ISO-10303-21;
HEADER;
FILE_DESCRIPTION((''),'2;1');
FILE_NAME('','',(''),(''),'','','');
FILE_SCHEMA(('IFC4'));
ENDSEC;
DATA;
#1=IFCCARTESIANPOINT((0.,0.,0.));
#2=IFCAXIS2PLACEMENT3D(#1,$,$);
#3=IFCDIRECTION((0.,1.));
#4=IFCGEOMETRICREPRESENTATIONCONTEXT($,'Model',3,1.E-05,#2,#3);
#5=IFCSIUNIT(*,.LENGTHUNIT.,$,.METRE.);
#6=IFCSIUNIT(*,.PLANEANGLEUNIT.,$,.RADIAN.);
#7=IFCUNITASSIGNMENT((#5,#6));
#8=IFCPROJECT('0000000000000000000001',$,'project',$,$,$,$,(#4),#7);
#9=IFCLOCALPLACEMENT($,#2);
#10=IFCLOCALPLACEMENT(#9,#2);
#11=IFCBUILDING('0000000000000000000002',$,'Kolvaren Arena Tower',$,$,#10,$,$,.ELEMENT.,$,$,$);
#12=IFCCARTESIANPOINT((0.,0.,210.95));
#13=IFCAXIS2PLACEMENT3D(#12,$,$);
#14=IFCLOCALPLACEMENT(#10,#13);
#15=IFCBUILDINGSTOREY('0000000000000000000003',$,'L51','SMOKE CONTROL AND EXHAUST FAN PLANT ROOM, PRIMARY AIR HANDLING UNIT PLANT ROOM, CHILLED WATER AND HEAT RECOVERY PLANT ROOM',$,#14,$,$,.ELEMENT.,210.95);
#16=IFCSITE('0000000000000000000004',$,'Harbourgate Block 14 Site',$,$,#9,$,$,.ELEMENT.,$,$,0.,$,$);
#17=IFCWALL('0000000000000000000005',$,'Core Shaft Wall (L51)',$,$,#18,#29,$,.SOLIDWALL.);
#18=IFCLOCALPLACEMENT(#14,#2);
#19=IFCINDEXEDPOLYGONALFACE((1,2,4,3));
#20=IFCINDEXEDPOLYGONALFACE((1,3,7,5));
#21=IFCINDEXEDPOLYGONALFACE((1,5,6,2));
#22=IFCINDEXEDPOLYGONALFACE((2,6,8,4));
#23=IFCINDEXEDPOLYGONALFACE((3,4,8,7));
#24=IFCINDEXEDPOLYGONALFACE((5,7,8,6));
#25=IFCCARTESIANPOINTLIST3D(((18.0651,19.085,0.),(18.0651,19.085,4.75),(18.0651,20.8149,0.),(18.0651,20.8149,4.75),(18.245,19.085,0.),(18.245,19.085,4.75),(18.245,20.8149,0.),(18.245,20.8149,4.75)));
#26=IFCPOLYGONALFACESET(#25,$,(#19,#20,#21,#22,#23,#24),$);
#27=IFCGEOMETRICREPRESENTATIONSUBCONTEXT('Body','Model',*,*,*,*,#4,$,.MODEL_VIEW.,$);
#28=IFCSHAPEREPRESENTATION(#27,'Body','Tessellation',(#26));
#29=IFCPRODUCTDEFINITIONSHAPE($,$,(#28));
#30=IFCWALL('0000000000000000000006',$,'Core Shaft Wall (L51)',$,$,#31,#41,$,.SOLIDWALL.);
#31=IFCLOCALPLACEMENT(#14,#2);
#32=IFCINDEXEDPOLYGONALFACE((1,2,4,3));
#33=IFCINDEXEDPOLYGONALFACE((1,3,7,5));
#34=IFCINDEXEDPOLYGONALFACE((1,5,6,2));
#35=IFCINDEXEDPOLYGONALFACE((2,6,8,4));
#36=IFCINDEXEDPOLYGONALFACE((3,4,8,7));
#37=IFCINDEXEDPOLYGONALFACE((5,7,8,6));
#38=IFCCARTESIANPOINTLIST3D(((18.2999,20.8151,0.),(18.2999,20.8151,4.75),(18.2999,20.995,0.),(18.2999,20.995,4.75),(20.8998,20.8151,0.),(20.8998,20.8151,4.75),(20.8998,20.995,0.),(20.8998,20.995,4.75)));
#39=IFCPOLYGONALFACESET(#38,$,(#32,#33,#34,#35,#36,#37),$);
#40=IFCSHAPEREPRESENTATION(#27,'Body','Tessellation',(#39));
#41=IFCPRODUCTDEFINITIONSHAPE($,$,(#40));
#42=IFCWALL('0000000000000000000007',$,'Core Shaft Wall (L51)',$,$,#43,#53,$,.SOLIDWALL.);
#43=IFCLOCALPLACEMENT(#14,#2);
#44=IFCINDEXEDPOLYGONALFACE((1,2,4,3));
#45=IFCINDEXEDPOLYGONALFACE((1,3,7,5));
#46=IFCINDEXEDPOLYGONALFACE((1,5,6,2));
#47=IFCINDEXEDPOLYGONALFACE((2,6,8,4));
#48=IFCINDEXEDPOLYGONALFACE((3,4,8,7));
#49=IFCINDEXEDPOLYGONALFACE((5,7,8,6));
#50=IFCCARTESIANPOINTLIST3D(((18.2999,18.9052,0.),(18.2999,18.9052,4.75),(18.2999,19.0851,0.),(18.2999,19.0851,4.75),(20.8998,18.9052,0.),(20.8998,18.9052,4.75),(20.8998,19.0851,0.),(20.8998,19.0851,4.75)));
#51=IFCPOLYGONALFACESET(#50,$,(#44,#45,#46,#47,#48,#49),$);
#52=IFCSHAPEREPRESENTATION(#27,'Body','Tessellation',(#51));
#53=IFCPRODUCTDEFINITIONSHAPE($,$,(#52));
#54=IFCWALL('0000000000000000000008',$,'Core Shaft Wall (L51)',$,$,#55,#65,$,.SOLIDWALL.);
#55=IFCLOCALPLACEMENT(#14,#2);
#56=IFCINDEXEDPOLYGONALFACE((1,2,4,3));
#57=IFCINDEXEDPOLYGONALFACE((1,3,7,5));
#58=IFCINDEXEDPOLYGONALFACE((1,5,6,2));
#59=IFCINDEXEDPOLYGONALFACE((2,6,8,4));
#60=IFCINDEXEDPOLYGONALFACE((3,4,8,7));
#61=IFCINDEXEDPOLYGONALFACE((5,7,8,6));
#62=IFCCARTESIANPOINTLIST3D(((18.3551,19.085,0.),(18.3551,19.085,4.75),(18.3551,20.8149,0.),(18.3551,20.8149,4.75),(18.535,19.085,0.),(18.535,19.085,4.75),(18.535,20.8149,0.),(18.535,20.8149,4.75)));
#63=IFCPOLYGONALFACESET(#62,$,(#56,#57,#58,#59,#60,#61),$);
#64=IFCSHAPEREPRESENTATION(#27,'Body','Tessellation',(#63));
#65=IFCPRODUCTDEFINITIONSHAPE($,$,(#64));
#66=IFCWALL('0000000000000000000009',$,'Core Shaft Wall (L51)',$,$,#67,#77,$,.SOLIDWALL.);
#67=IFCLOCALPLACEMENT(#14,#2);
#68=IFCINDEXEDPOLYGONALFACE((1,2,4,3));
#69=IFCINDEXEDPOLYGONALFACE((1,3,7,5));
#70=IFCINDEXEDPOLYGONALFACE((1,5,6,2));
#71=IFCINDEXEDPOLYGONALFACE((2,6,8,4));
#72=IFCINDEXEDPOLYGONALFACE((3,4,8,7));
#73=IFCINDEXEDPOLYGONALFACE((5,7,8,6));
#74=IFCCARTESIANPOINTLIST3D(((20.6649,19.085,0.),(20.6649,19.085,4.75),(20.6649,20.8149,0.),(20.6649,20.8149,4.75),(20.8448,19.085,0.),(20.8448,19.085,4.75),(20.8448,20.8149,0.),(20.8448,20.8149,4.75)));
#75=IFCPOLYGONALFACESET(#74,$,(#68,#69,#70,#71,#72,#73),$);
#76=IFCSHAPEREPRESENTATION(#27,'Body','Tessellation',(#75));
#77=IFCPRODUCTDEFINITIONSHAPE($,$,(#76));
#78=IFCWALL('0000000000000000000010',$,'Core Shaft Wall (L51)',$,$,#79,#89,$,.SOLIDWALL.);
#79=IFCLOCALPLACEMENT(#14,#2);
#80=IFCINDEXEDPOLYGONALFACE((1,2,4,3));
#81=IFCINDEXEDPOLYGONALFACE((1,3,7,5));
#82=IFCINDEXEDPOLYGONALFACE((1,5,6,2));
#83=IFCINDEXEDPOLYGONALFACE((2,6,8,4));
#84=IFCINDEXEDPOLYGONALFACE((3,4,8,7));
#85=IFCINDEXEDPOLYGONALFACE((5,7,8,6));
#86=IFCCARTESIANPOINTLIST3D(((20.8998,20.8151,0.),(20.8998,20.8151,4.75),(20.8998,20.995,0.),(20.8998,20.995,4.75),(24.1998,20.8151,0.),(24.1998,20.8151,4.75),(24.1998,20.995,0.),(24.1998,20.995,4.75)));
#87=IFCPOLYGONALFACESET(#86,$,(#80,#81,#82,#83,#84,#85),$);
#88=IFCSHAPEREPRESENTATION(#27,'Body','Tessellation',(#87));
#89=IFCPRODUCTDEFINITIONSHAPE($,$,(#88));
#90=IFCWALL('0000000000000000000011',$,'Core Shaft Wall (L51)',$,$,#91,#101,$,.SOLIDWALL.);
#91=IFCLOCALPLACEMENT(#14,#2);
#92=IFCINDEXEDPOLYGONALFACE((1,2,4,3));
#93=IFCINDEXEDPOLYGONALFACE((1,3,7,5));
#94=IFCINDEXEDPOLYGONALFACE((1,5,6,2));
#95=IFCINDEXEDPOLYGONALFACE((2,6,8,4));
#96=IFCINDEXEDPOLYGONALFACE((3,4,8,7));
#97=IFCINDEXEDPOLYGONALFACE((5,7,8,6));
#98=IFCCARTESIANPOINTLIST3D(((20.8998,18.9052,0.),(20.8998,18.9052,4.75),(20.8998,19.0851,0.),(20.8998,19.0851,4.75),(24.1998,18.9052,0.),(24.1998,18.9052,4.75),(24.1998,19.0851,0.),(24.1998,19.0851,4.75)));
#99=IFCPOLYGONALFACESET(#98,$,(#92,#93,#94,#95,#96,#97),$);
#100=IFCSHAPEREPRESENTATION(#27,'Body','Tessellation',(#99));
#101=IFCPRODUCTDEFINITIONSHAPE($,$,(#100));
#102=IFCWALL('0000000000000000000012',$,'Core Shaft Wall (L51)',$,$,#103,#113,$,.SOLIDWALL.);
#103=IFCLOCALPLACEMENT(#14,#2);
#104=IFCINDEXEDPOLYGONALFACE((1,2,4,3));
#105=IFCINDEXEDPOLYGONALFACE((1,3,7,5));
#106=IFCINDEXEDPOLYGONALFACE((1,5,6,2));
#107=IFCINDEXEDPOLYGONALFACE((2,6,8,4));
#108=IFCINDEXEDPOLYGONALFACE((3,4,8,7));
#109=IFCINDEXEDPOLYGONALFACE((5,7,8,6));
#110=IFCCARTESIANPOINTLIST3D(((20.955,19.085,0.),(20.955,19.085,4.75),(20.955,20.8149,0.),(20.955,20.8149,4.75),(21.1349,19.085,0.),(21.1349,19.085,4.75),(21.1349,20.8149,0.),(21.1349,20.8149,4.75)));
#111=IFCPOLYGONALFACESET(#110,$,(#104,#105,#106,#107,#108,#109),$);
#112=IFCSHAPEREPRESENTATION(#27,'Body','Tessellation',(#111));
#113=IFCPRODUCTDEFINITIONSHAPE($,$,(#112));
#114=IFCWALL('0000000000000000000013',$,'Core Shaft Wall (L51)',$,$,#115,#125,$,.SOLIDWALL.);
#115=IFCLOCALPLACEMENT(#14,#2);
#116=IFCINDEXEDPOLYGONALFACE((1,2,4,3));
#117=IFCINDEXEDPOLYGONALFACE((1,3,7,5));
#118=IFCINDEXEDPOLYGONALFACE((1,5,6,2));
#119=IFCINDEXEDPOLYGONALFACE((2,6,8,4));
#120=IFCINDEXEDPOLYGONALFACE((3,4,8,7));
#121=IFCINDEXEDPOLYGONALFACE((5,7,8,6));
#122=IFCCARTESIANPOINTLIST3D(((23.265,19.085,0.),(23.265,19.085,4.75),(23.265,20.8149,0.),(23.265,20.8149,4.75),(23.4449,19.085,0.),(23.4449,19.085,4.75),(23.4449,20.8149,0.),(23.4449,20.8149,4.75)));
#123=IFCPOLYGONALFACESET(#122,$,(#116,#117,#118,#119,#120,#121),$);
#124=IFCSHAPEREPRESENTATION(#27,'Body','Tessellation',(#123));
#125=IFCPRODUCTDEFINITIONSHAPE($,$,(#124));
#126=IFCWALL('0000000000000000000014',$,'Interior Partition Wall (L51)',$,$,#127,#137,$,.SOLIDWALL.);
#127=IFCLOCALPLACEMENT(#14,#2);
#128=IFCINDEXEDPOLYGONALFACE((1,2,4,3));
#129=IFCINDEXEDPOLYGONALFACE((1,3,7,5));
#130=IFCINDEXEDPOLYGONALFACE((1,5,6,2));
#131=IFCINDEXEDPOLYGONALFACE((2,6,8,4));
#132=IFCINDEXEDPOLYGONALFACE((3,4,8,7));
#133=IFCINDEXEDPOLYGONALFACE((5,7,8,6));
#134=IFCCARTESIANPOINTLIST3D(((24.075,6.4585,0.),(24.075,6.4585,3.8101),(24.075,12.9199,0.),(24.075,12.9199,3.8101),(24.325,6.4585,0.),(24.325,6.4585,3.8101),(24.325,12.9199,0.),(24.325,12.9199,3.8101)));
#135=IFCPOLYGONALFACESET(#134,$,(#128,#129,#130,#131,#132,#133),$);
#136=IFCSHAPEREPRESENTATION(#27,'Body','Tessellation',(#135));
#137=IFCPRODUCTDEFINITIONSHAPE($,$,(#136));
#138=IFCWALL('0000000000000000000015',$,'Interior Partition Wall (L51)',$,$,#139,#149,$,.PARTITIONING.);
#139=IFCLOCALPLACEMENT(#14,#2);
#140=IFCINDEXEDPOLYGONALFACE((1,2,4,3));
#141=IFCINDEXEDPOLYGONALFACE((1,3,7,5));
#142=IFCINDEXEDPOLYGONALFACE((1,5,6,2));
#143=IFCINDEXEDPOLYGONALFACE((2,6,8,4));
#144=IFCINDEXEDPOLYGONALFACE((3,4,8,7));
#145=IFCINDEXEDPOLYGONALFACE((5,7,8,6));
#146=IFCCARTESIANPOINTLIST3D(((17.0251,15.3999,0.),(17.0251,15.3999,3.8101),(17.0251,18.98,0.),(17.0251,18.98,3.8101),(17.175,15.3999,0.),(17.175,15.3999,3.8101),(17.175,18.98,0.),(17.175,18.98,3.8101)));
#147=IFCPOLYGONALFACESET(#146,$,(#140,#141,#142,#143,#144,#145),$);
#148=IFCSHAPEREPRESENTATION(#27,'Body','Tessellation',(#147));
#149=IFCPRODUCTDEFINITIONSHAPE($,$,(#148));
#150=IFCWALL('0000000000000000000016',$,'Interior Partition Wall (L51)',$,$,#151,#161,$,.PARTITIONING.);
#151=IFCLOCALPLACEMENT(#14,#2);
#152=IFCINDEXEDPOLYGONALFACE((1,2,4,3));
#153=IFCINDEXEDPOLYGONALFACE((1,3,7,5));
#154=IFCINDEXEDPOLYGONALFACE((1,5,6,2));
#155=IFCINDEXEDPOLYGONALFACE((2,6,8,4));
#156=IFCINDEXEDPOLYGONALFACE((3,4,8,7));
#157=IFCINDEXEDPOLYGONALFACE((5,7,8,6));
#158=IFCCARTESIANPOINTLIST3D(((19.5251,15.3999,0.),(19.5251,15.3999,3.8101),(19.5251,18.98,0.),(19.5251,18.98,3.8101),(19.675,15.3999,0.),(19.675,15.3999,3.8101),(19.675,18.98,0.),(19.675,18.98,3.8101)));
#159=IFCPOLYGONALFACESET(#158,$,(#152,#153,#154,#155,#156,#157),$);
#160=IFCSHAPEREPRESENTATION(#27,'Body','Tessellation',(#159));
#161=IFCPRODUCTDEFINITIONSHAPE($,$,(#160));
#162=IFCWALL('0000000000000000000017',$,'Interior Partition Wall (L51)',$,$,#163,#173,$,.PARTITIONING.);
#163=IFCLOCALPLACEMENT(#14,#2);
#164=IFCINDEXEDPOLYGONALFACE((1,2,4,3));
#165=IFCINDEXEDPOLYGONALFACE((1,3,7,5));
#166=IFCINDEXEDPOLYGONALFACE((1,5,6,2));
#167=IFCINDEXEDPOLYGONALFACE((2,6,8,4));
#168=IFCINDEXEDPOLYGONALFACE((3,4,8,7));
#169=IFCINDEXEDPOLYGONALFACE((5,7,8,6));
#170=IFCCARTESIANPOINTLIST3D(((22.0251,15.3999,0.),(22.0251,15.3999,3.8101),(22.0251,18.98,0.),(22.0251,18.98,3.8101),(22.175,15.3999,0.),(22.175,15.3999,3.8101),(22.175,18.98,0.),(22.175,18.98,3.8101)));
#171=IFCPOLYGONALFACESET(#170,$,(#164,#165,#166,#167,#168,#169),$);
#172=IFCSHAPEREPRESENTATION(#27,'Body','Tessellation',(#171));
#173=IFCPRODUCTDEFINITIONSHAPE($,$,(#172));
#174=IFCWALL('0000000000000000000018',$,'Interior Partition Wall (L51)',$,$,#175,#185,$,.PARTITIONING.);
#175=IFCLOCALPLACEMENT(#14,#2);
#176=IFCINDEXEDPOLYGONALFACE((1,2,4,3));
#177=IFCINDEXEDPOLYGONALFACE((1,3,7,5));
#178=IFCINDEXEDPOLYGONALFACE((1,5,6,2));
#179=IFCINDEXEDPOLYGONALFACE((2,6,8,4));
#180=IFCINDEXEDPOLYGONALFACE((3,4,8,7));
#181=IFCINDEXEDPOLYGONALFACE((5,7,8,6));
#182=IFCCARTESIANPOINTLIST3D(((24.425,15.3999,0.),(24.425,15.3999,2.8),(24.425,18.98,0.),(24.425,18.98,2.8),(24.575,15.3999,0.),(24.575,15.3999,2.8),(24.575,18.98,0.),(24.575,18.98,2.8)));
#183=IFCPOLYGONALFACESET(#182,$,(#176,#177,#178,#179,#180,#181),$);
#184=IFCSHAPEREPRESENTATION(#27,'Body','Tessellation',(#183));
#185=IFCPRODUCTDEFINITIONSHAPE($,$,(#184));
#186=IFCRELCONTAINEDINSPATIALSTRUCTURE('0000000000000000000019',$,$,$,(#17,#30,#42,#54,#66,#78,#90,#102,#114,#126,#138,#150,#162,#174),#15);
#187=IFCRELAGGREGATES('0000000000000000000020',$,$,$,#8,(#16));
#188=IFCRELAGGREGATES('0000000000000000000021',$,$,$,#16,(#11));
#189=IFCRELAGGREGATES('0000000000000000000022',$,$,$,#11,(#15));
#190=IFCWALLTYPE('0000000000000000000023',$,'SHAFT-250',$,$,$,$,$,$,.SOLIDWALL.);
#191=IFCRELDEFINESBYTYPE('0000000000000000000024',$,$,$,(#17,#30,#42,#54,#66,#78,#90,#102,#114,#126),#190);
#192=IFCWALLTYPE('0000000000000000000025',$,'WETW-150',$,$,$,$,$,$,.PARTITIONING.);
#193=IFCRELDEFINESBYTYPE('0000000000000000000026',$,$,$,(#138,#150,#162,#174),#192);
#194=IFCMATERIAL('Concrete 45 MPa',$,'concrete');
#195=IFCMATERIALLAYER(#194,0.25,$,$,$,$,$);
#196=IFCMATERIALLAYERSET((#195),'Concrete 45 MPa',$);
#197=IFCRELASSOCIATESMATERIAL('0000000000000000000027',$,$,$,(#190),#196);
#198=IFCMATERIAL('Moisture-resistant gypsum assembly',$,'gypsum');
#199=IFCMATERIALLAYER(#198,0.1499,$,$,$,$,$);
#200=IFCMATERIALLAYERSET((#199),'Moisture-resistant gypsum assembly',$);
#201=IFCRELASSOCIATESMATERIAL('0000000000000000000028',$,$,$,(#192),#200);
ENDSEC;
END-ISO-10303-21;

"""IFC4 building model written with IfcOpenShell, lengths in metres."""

from ifc_helpers import new_model, si_unit, direction, frame, frame_2d, origin, place, context, subcontext, project, spatial, rectangle, extrude, material, layer, layer_set, type_object, element, save


model = new_model("IFC4")

# Units and contexts
model_context = context("Model", 3, precision=1e-05, world=origin(), true_north=direction((0.0, 1.0)))
body_context = subcontext(model_context, "Body", "Model", "MODEL_VIEW")
ifc_project = project(units=[si_unit("LENGTHUNIT", "METRE"), si_unit("PLANEANGLEUNIT", "RADIAN")], contexts=[model_context])

# Site, building, storey
site_placement = place(None, origin())
site = spatial("IfcSite", under=ifc_project, at=site_placement, Name="Harbourgate Block 14 Site", CompositionType="ELEMENT", RefElevation=0.0)
building_placement = place(site_placement, origin())
building = spatial("IfcBuilding", under=site, at=building_placement, Name="Kolvaren Arena Tower", CompositionType="ELEMENT")
storey_placement = place(building_placement, frame((0.0, 0.0, 210.95)))
storey = spatial("IfcBuildingStorey", under=building, at=storey_placement, Name="L51", Description="SMOKE CONTROL AND EXHAUST FAN PLANT ROOM, PRIMARY AIR HANDLING UNIT PLANT ROOM, CHILLED WATER AND HEAT RECOVERY PLANT ROOM", CompositionType="ELEMENT", Elevation=210.95)

# Walls
ifc_material_1 = material(Name="Concrete 45 MPa", Category="concrete")
ifc_layer_1 = layer(ifc_material_1, 0.25)
ifc_layer_set_1 = layer_set([ifc_layer_1], Name="Concrete 45 MPa")
wall_type_1 = type_object("IfcWallType", Name="SHAFT-250", PredefinedType="SOLIDWALL", material=ifc_layer_set_1)
wall_1_placement = place(storey_placement, frame((18.155, 19.085, 0.0), z_axis=(0.0, 0.0, 1.0), x_axis=(0.0, 1.0, 0.0)))
element("IfcWall", 1, at=wall_1_placement, inside=storey, type_object=wall_type_1, Name="Core Shaft Wall (L51)", PredefinedType="SOLIDWALL", context=body_context, shape_type="SweptSolid", body=[
    extrude(rectangle(XDim=1.73, YDim=0.1799, at=frame_2d((0.865, 0.0))), origin(), (0.0, 0.0, 1.0), 4.75),
])
for number, where, z_axis, x_axis, name in (
    (2, (18.3, 20.905, 0.0), (0.0, 0.0, 1.0), (1.0, 0.0, 0.0), "Core Shaft Wall (L51)"),
    (3, (18.3, 18.9951, 0.0), (0.0, 0.0, 1.0), (1.0, 0.0, 0.0), "Core Shaft Wall (L51)"),
):
    element("IfcWall", number, at=place(storey_placement, frame(where, z_axis=z_axis, x_axis=x_axis)), inside=storey, type_object=wall_type_1, Name=name, PredefinedType="SOLIDWALL", context=body_context, shape_type="SweptSolid", body=[
        extrude(rectangle(XDim=2.5999, YDim=0.1799, at=frame_2d((1.2998, 0.0))), origin(), (0.0, 0.0, 1.0), 4.75),
    ])
for number, where, z_axis, x_axis, name in (
    (4, (18.4451, 19.085, 0.0), (0.0, 0.0, 1.0), (0.0, 1.0, 0.0), "Core Shaft Wall (L51)"),
    (5, (20.7549, 19.085, 0.0), (0.0, 0.0, 1.0), (0.0, 1.0, 0.0), "Core Shaft Wall (L51)"),
):
    element("IfcWall", number, at=place(storey_placement, frame(where, z_axis=z_axis, x_axis=x_axis)), inside=storey, type_object=wall_type_1, Name=name, PredefinedType="SOLIDWALL", context=body_context, shape_type="SweptSolid", body=[
        extrude(rectangle(XDim=1.73, YDim=0.1799, at=frame_2d((0.865, 0.0))), origin(), (0.0, 0.0, 1.0), 4.75),
    ])
for number, where, z_axis, x_axis, name in (
    (6, (20.8999, 20.905, 0.0), (0.0, 0.0, 1.0), (1.0, 0.0, 0.0), "Core Shaft Wall (L51)"),
    (7, (20.8999, 18.9951, 0.0), (0.0, 0.0, 1.0), (1.0, 0.0, 0.0), "Core Shaft Wall (L51)"),
):
    element("IfcWall", number, at=place(storey_placement, frame(where, z_axis=z_axis, x_axis=x_axis)), inside=storey, type_object=wall_type_1, Name=name, PredefinedType="SOLIDWALL", context=body_context, shape_type="SweptSolid", body=[
        extrude(rectangle(XDim=3.3, YDim=0.1799, at=frame_2d((1.6499, 0.0))), origin(), (0.0, 0.0, 1.0), 4.75),
    ])
for number, where, z_axis, x_axis, name in (
    (8, (21.0449, 19.085, 0.0), (0.0, 0.0, 1.0), (0.0, 1.0, 0.0), "Core Shaft Wall (L51)"),
    (9, (23.355, 19.085, 0.0), (0.0, 0.0, 1.0), (0.0, 1.0, 0.0), "Core Shaft Wall (L51)"),
):
    element("IfcWall", number, at=place(storey_placement, frame(where, z_axis=z_axis, x_axis=x_axis)), inside=storey, type_object=wall_type_1, Name=name, PredefinedType="SOLIDWALL", context=body_context, shape_type="SweptSolid", body=[
        extrude(rectangle(XDim=1.73, YDim=0.1799, at=frame_2d((0.865, 0.0))), origin(), (0.0, 0.0, 1.0), 4.75),
    ])
wall_2_placement = place(storey_placement, frame((24.2, 6.4585, 0.0), z_axis=(0.0, 0.0, 1.0), x_axis=(0.0, 1.0, 0.0)))
element("IfcWall", 10, at=wall_2_placement, inside=storey, type_object=wall_type_1, Name="Interior Partition Wall (L51)", PredefinedType="SOLIDWALL", context=body_context, shape_type="SweptSolid", body=[
    extrude(rectangle(XDim=6.4614, YDim=0.25, at=frame_2d((3.2307, 0.0))), origin(), (0.0, 0.0, 1.0), 3.8101),
])
ifc_material_2 = material(Name="Moisture-resistant gypsum assembly", Category="gypsum")
ifc_layer_2 = layer(ifc_material_2, 0.1499)
ifc_layer_set_2 = layer_set([ifc_layer_2], Name="Moisture-resistant gypsum assembly")
wall_type_2 = type_object("IfcWallType", Name="WETW-150", PredefinedType="PARTITIONING", material=ifc_layer_set_2)
for number, where, z_axis, x_axis, name in (
    (11, (17.1001, 15.3999, 0.0), (0.0, 0.0, 1.0), (0.0, 1.0, 0.0), "Interior Partition Wall (L51)"),
    (12, (19.6001, 15.3999, 0.0), (0.0, 0.0, 1.0), (0.0, 1.0, 0.0), "Interior Partition Wall (L51)"),
    (13, (22.1001, 15.3999, 0.0), (0.0, 0.0, 1.0), (0.0, 1.0, 0.0), "Interior Partition Wall (L51)"),
):
    element("IfcWall", number, at=place(storey_placement, frame(where, z_axis=z_axis, x_axis=x_axis)), inside=storey, type_object=wall_type_2, Name=name, PredefinedType="PARTITIONING", context=body_context, shape_type="SweptSolid", body=[
        extrude(rectangle(XDim=3.5801, YDim=0.1499, at=frame_2d((1.79, 0.0))), origin(), (0.0, 0.0, 1.0), 3.8101),
    ])
wall_3_placement = place(storey_placement, frame((24.5, 15.3999, 0.0), z_axis=(0.0, 0.0, 1.0), x_axis=(0.0, 1.0, 0.0)))
element("IfcWall", 14, at=wall_3_placement, inside=storey, type_object=wall_type_2, Name="Interior Partition Wall (L51)", PredefinedType="PARTITIONING", context=body_context, shape_type="SweptSolid", body=[
    extrude(rectangle(XDim=3.5801, YDim=0.1499, at=frame_2d((1.79, 0.0))), origin(), (0.0, 0.0, 1.0), 2.8),
])

save(model, "model.ifc")
